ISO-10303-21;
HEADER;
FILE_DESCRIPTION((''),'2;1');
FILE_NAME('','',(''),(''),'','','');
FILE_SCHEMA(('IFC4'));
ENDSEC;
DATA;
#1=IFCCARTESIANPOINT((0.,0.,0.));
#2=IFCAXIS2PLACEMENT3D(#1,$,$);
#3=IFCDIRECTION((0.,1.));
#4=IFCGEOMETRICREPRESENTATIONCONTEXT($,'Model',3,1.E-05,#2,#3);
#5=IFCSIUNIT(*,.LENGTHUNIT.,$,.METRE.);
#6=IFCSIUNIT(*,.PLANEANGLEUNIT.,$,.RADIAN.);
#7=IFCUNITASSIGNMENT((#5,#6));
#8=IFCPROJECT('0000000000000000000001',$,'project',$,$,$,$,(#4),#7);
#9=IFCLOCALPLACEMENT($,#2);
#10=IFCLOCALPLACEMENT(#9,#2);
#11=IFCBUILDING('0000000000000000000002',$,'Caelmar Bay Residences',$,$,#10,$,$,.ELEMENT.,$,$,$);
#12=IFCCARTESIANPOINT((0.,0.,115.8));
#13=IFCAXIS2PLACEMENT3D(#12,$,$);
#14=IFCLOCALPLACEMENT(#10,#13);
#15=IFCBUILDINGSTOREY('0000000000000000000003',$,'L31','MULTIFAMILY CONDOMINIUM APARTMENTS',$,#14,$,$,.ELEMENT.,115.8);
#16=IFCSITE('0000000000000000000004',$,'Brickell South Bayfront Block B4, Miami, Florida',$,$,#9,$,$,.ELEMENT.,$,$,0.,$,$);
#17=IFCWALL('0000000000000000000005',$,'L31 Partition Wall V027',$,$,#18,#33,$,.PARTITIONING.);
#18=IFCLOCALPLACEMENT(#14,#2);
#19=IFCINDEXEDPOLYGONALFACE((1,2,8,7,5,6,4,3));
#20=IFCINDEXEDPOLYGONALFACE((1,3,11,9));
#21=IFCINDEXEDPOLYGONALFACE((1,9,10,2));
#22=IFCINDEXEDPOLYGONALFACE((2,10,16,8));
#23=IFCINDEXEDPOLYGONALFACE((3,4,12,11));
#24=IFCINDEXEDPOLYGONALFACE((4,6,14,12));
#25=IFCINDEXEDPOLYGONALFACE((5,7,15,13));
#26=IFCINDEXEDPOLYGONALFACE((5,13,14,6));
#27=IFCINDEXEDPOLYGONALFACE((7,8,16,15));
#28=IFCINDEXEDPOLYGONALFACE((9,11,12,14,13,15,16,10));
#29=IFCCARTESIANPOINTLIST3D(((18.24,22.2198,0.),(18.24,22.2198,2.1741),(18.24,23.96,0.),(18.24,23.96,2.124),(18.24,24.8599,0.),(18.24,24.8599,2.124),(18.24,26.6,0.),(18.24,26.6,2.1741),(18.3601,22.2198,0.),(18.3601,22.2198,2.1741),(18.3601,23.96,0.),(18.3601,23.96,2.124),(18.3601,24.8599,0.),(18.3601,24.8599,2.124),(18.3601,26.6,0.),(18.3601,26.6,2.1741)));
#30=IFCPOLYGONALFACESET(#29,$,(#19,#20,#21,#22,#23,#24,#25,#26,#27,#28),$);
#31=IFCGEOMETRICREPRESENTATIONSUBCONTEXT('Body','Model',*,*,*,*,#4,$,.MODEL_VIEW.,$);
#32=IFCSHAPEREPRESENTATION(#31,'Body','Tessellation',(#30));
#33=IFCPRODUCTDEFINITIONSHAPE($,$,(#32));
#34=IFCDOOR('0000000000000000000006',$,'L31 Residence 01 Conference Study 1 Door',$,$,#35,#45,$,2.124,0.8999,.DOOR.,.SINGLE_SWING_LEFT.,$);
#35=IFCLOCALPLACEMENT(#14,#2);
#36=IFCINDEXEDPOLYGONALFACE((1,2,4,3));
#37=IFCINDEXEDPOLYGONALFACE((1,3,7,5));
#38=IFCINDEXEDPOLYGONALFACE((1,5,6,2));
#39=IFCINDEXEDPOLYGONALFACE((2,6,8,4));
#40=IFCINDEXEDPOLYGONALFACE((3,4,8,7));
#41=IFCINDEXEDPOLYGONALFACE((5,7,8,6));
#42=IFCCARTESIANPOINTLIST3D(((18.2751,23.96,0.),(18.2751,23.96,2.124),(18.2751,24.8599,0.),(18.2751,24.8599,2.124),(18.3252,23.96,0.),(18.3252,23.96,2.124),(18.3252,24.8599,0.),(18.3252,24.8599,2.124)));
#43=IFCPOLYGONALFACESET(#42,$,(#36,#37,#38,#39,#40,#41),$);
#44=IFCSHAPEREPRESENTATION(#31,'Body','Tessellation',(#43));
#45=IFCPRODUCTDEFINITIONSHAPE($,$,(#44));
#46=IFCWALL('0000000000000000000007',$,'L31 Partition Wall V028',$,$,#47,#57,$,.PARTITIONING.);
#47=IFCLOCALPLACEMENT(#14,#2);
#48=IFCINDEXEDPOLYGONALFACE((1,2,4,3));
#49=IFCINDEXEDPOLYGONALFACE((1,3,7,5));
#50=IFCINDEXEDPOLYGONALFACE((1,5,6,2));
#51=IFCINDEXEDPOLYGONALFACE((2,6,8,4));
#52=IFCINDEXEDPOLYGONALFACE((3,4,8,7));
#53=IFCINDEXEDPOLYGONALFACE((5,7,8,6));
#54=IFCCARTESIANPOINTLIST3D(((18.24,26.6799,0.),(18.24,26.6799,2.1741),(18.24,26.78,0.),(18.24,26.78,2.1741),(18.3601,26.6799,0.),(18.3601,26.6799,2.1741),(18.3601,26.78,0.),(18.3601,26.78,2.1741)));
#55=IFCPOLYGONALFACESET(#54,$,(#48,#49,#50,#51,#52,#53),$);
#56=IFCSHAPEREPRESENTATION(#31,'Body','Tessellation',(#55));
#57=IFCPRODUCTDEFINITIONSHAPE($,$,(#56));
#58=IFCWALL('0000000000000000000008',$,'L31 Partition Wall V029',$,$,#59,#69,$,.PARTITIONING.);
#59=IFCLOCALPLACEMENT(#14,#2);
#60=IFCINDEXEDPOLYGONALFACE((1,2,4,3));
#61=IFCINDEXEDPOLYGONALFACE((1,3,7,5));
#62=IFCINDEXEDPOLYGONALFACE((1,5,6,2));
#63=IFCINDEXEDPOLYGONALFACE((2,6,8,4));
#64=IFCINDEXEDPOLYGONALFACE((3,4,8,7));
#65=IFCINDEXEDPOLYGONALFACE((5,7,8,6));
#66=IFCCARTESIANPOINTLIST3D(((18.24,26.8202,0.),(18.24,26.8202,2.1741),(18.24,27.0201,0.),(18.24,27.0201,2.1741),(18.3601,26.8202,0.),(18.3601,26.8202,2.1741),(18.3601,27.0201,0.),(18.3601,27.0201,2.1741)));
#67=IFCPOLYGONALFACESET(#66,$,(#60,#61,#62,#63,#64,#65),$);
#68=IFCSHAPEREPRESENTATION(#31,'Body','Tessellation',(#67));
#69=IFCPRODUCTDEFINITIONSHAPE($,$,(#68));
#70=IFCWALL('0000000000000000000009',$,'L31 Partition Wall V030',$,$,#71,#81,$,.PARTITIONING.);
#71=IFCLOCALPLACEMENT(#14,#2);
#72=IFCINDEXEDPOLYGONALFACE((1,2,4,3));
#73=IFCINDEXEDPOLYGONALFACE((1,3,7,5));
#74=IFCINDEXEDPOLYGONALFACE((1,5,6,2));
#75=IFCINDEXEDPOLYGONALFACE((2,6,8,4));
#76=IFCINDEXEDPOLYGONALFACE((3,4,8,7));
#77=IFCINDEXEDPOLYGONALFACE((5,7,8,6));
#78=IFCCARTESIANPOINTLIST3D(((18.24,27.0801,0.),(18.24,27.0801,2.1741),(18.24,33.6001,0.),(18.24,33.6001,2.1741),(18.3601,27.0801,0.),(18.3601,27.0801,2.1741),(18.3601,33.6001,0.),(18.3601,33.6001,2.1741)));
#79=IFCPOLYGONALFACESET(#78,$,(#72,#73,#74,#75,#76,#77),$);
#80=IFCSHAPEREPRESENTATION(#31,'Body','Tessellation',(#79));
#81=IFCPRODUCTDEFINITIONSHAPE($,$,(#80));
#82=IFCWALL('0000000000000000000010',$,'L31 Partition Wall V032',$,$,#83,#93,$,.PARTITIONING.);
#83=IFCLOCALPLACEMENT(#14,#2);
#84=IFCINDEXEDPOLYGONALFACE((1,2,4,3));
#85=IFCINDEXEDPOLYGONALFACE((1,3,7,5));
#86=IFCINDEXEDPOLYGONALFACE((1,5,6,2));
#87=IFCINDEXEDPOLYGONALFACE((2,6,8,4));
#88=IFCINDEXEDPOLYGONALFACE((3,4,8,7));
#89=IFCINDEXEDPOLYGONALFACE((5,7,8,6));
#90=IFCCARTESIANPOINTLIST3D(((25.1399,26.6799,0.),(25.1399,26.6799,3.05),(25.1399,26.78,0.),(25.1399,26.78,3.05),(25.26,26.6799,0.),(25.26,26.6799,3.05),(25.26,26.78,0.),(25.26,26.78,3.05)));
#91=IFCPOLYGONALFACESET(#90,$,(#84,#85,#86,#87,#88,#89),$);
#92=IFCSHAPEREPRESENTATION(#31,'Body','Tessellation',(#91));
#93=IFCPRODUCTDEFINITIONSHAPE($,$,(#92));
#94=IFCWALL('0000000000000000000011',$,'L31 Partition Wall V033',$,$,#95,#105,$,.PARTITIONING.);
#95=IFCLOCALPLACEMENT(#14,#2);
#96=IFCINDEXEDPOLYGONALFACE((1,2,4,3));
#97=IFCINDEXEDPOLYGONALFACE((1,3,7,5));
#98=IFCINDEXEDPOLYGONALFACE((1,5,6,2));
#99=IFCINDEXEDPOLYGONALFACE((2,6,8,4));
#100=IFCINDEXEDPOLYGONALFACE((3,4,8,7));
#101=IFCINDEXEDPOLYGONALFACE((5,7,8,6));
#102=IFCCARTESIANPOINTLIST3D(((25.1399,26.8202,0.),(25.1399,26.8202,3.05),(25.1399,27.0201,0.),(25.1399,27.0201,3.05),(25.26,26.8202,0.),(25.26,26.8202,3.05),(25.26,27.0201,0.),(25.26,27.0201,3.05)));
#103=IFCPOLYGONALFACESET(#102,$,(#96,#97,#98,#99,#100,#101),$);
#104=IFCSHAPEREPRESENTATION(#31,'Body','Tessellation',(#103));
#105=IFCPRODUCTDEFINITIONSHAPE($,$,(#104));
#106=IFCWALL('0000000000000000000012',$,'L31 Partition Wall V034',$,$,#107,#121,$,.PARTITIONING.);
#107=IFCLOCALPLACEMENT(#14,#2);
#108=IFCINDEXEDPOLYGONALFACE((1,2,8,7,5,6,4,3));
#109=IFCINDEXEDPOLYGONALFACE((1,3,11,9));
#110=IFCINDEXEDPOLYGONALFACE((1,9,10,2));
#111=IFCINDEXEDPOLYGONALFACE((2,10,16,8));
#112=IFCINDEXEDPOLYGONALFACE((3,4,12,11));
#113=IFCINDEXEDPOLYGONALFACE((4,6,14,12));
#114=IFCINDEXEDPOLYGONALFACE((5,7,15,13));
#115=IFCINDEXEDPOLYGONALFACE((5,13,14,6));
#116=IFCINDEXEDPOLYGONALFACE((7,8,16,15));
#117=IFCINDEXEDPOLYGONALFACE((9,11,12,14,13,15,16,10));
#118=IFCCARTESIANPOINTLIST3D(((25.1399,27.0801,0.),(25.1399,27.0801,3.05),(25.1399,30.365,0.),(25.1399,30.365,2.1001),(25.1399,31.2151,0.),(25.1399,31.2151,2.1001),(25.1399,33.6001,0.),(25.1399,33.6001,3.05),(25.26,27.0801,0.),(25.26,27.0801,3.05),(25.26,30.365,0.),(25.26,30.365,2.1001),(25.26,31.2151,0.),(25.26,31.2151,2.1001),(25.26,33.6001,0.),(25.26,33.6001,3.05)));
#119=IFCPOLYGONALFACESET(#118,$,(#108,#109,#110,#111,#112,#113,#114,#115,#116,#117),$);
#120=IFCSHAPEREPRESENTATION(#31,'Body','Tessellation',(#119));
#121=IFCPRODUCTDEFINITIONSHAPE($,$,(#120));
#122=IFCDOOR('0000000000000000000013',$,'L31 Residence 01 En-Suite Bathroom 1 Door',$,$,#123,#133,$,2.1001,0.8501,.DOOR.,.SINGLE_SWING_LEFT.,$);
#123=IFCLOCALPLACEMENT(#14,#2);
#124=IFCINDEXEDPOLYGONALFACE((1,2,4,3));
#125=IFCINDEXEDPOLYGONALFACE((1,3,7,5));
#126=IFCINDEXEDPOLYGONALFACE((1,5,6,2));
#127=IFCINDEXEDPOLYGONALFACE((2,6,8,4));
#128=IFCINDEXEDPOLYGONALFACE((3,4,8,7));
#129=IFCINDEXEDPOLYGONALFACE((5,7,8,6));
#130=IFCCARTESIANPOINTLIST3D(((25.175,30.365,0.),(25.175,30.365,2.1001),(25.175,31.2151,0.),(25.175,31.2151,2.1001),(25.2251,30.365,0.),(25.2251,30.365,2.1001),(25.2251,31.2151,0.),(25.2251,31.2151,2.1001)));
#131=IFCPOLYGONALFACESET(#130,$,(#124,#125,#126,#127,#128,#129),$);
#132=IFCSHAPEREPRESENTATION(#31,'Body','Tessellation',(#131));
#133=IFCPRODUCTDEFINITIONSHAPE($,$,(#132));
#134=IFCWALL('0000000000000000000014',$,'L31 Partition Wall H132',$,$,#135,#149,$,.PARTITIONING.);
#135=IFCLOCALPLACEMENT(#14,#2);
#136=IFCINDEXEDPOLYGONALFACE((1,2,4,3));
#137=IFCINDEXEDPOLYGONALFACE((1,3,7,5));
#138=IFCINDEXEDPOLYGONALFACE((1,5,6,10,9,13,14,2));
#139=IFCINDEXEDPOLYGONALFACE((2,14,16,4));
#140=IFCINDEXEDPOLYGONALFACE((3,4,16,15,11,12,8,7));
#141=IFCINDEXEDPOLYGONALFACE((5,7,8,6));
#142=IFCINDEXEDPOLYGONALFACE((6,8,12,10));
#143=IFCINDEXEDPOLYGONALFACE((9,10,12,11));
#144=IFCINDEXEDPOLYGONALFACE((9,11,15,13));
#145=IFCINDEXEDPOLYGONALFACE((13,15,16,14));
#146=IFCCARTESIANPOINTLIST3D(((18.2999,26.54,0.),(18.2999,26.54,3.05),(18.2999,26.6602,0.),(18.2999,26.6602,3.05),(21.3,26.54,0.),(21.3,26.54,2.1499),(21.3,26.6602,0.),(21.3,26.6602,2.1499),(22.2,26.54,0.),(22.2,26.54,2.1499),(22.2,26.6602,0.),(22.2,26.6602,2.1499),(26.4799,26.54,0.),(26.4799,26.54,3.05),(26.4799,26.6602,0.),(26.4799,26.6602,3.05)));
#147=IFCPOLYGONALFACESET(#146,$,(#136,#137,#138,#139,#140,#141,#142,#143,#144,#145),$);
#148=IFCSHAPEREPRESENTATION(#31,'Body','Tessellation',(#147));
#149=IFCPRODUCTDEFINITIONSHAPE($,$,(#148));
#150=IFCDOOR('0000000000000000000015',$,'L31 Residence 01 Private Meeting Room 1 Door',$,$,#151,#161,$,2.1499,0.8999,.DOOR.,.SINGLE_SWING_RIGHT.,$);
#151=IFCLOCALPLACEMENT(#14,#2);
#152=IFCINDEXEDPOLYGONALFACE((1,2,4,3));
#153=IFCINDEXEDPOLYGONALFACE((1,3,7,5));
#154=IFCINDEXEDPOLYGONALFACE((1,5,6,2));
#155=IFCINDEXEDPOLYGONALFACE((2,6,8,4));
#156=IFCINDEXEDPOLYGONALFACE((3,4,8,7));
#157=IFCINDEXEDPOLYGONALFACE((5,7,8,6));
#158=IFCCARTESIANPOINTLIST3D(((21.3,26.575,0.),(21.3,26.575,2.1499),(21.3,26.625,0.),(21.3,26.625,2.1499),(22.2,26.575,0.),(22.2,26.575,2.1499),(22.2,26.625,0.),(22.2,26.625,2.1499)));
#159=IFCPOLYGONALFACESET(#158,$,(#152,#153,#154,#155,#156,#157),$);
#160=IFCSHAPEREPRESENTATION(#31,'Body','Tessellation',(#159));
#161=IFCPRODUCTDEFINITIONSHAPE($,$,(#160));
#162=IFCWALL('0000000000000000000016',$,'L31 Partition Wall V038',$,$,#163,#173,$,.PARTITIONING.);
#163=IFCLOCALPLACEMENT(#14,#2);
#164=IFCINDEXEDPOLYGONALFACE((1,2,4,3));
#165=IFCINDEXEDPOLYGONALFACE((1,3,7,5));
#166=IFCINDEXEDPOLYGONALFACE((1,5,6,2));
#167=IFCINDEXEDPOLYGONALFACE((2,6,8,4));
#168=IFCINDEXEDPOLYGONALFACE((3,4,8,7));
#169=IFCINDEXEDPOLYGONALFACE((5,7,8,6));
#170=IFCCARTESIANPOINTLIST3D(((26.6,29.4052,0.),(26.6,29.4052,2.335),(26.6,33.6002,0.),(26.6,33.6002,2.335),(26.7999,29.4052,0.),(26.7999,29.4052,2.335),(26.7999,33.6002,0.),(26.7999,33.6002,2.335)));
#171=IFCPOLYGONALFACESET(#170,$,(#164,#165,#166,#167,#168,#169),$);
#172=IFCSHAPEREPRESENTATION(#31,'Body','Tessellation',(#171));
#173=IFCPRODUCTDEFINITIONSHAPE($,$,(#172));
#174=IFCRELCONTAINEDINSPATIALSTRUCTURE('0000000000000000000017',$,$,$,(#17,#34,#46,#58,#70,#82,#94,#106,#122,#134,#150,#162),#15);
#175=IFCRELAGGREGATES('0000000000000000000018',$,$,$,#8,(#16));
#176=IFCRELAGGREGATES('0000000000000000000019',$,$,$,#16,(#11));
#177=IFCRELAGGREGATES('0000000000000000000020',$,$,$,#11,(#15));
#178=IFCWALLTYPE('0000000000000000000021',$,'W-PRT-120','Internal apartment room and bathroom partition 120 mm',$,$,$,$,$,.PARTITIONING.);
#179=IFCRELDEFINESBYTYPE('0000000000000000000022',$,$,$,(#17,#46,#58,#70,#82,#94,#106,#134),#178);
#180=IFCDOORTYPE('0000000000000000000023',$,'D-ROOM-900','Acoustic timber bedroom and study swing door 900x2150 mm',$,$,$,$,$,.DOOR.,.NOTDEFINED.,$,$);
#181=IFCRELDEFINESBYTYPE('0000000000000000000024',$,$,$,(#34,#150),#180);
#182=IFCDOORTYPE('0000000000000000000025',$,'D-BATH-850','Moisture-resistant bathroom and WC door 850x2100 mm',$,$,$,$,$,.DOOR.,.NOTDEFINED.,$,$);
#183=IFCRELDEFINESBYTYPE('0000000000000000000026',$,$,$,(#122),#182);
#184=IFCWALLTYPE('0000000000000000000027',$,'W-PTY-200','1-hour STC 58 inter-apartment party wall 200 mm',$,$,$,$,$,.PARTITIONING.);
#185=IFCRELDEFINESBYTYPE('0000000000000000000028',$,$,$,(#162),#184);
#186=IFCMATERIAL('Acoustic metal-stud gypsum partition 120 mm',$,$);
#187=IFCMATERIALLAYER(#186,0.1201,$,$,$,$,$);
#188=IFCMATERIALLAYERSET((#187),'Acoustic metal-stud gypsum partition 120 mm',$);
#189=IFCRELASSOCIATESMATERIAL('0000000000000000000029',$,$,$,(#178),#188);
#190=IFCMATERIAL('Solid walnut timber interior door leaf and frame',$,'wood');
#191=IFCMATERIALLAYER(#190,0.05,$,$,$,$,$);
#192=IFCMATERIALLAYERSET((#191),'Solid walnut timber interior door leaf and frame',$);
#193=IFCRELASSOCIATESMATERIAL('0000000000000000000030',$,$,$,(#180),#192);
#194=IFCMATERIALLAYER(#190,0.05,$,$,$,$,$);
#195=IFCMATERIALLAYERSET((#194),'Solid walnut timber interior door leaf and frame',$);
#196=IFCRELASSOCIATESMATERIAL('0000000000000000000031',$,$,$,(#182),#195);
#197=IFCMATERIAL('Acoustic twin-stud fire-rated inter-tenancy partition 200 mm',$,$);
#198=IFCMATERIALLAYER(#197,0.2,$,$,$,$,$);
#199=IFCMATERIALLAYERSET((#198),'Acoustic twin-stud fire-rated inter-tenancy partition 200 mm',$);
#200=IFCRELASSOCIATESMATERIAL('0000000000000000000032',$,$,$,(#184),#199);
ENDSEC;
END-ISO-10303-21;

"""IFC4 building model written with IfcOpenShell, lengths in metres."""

from ifc_helpers import new_model, si_unit, direction, frame, frame_2d, origin, place, context, subcontext, project, spatial, rectangle, extrude, material, layer, layer_set, type_object, element, fill, save


model = new_model("IFC4")

# Units and contexts
model_context = context("Model", 3, precision=1e-05, world=origin(), true_north=direction((0.0, 1.0)))
body_context = subcontext(model_context, "Body", "Model", "MODEL_VIEW")
ifc_project = project(units=[si_unit("LENGTHUNIT", "METRE"), si_unit("PLANEANGLEUNIT", "RADIAN")], contexts=[model_context])

# Site, building, storey
site_placement = place(None, origin())
site = spatial("IfcSite", under=ifc_project, at=site_placement, Name="Brickell South Bayfront Block B4, Miami, Florida", CompositionType="ELEMENT", RefElevation=0.0)
building_placement = place(site_placement, origin())
building = spatial("IfcBuilding", under=site, at=building_placement, Name="Caelmar Bay Residences", CompositionType="ELEMENT")
storey_placement = place(building_placement, frame((0.0, 0.0, 115.8)))
storey = spatial("IfcBuildingStorey", under=building, at=storey_placement, Name="L31", Description="MULTIFAMILY CONDOMINIUM APARTMENTS", CompositionType="ELEMENT", Elevation=115.8)

# Wall, opening, door
ifc_material_1 = material(Name="Acoustic metal-stud gypsum partition 120 mm")
ifc_layer_1 = layer(ifc_material_1, 0.1201)
ifc_layer_set_1 = layer_set([ifc_layer_1], Name="Acoustic metal-stud gypsum partition 120 mm")
wall_type_1 = type_object("IfcWallType", Name="W-PRT-120", Description="Internal apartment room and bathroom partition 120 mm", PredefinedType="PARTITIONING", material=ifc_layer_set_1)
wall_1_placement = place(storey_placement, frame((18.3, 22.22, 0.0), z_axis=(0.0, 0.0, 1.0), x_axis=(0.0, 1.0, 0.0)))
wall_1 = element("IfcWall", 1, at=wall_1_placement, inside=storey, type_object=wall_type_1, Name="L31 Partition Wall V027", PredefinedType="PARTITIONING", context=body_context, shape_type="SweptSolid", body=[
    extrude(rectangle(XDim=4.3801, YDim=0.1201, at=frame_2d((2.1899, 0.0))), origin(), (0.0, 0.0, 1.0), 2.1741),
])
opening_1_placement = place(wall_1_placement, frame((1.74, 0.0, 0.0)))
opening_1 = element("IfcOpeningElement", 2, at=opening_1_placement, cuts=wall_1, PredefinedType="OPENING", context=body_context, shape_type="SweptSolid", body=[
    extrude(rectangle(XDim=0.8999, YDim=2.124, at=frame_2d((0.45, 1.062))), frame((0.0, 0.0701, 0.0), z_axis=(0.0, -1.0, 0.0), x_axis=(1.0, 0.0, 0.0)), (0.0, 0.0, 1.0), 0.1401),
])
ifc_material_2 = material(Name="Solid walnut timber interior door leaf and frame", Category="wood")
ifc_layer_2 = layer(ifc_material_2, 0.05)
ifc_layer_set_2 = layer_set([ifc_layer_2], Name="Solid walnut timber interior door leaf and frame")
door_type_1 = type_object("IfcDoorType", Name="D-ROOM-900", Description="Acoustic timber bedroom and study swing door 900x2150 mm", OperationType="NOTDEFINED", PredefinedType="DOOR", material=ifc_layer_set_2)
door_1_placement = place(opening_1_placement, origin())
door_1 = element("IfcDoor", 3, at=door_1_placement, inside=storey, type_object=door_type_1, Name="L31 Residence 01 Conference Study 1 Door", OperationType="SINGLE_SWING_LEFT", OverallHeight=2.124, OverallWidth=0.8999, PredefinedType="DOOR", context=body_context, shape_type="SweptSolid", body=[
    extrude(rectangle(XDim=0.8999, YDim=2.124, at=frame_2d((0.45, 1.062))), frame((0.0, 0.0249, 0.0), z_axis=(0.0, -1.0, 0.0), x_axis=(1.0, 0.0, 0.0)), (0.0, 0.0, 1.0), 0.05),
])
fill(opening_1, door_1)

# Walls
wall_2_placement = place(storey_placement, frame((18.3, 26.6799, 0.0), z_axis=(0.0, 0.0, 1.0), x_axis=(0.0, 1.0, 0.0)))
element("IfcWall", 4, at=wall_2_placement, inside=storey, type_object=wall_type_1, Name="L31 Partition Wall V028", PredefinedType="PARTITIONING", context=body_context, shape_type="SweptSolid", body=[
    extrude(rectangle(XDim=0.1001, YDim=0.1201, at=frame_2d((0.05, 0.0))), origin(), (0.0, 0.0, 1.0), 2.1741),
])
wall_3_placement = place(storey_placement, frame((18.3, 26.8201, 0.0), z_axis=(0.0, 0.0, 1.0), x_axis=(0.0, 1.0, 0.0)))
element("IfcWall", 5, at=wall_3_placement, inside=storey, type_object=wall_type_1, Name="L31 Partition Wall V029", PredefinedType="PARTITIONING", context=body_context, shape_type="SweptSolid", body=[
    extrude(rectangle(XDim=0.2, YDim=0.1201, at=frame_2d((0.1001, 0.0))), origin(), (0.0, 0.0, 1.0), 2.1741),
])
wall_4_placement = place(storey_placement, frame((18.3, 27.0801, 0.0), z_axis=(0.0, 0.0, 1.0), x_axis=(0.0, 1.0, 0.0)))
element("IfcWall", 6, at=wall_4_placement, inside=storey, type_object=wall_type_1, Name="L31 Partition Wall V030", PredefinedType="PARTITIONING", context=body_context, shape_type="SweptSolid", body=[
    extrude(rectangle(XDim=6.52, YDim=0.1201, at=frame_2d((3.26, 0.0))), origin(), (0.0, 0.0, 1.0), 2.1741),
])
wall_5_placement = place(storey_placement, frame((25.2, 26.6799, 0.0), z_axis=(0.0, 0.0, 1.0), x_axis=(0.0, 1.0, 0.0)))
element("IfcWall", 7, at=wall_5_placement, inside=storey, type_object=wall_type_1, Name="L31 Partition Wall V032", PredefinedType="PARTITIONING", context=body_context, shape_type="SweptSolid", body=[
    extrude(rectangle(XDim=0.1001, YDim=0.1201, at=frame_2d((0.05, 0.0))), origin(), (0.0, 0.0, 1.0), 3.05),
])
wall_6_placement = place(storey_placement, frame((25.2, 26.8201, 0.0), z_axis=(0.0, 0.0, 1.0), x_axis=(0.0, 1.0, 0.0)))
element("IfcWall", 8, at=wall_6_placement, inside=storey, type_object=wall_type_1, Name="L31 Partition Wall V033", PredefinedType="PARTITIONING", context=body_context, shape_type="SweptSolid", body=[
    extrude(rectangle(XDim=0.2, YDim=0.1201, at=frame_2d((0.1001, 0.0))), origin(), (0.0, 0.0, 1.0), 3.05),
])

# Walls, openings, doors
wall_7_placement = place(storey_placement, frame((25.2, 27.0801, 0.0), z_axis=(0.0, 0.0, 1.0), x_axis=(0.0, 1.0, 0.0)))
wall_7 = element("IfcWall", 9, at=wall_7_placement, inside=storey, type_object=wall_type_1, Name="L31 Partition Wall V034", PredefinedType="PARTITIONING", context=body_context, shape_type="SweptSolid", body=[
    extrude(rectangle(XDim=6.52, YDim=0.1201, at=frame_2d((3.26, 0.0))), origin(), (0.0, 0.0, 1.0), 3.05),
])
opening_2_placement = place(wall_7_placement, frame((3.2849, 0.0, 0.0)))
opening_2 = element("IfcOpeningElement", 10, at=opening_2_placement, cuts=wall_7, PredefinedType="OPENING", context=body_context, shape_type="SweptSolid", body=[
    extrude(rectangle(XDim=0.8501, YDim=2.1001, at=frame_2d((0.425, 1.05))), frame((0.0, 0.0701, 0.0), z_axis=(0.0, -1.0, 0.0), x_axis=(1.0, 0.0, 0.0)), (0.0, 0.0, 1.0), 0.1401),
])
ifc_layer_3 = layer(ifc_material_2, 0.05)
ifc_layer_set_3 = layer_set([ifc_layer_3], Name="Solid walnut timber interior door leaf and frame")
door_type_2 = type_object("IfcDoorType", Name="D-BATH-850", Description="Moisture-resistant bathroom and WC door 850x2100 mm", OperationType="NOTDEFINED", PredefinedType="DOOR", material=ifc_layer_set_3)
door_2_placement = place(opening_2_placement, origin())
door_2 = element("IfcDoor", 11, at=door_2_placement, inside=storey, type_object=door_type_2, Name="L31 Residence 01 En-Suite Bathroom 1 Door", OperationType="SINGLE_SWING_LEFT", OverallHeight=2.1001, OverallWidth=0.8501, PredefinedType="DOOR", context=body_context, shape_type="SweptSolid", body=[
    extrude(rectangle(XDim=0.8501, YDim=2.1001, at=frame_2d((0.425, 1.05))), frame((0.0, 0.0249, 0.0), z_axis=(0.0, -1.0, 0.0), x_axis=(1.0, 0.0, 0.0)), (0.0, 0.0, 1.0), 0.05),
])
fill(opening_2, door_2)
wall_8_placement = place(storey_placement, frame((18.3, 26.6001, 0.0), z_axis=(0.0, 0.0, 1.0), x_axis=(1.0, 0.0, 0.0)))
wall_8 = element("IfcWall", 12, at=wall_8_placement, inside=storey, type_object=wall_type_1, Name="L31 Partition Wall H132", PredefinedType="PARTITIONING", context=body_context, shape_type="SweptSolid", body=[
    extrude(rectangle(XDim=8.1799, YDim=0.1201, at=frame_2d((4.0898, 0.0))), origin(), (0.0, 0.0, 1.0), 3.05),
])
opening_3_placement = place(wall_8_placement, frame((3.0, 0.0, 0.0)))
opening_3 = element("IfcOpeningElement", 13, at=opening_3_placement, cuts=wall_8, PredefinedType="OPENING", context=body_context, shape_type="SweptSolid", body=[
    extrude(rectangle(XDim=0.8999, YDim=2.1499, at=frame_2d((0.45, 1.075))), frame((0.0, 0.0701, 0.0), z_axis=(0.0, -1.0, 0.0), x_axis=(1.0, 0.0, 0.0)), (0.0, 0.0, 1.0), 0.1401),
])
door_3_placement = place(opening_3_placement, origin())
door_3 = element("IfcDoor", 14, at=door_3_placement, inside=storey, type_object=door_type_1, Name="L31 Residence 01 Private Meeting Room 1 Door", OperationType="SINGLE_SWING_RIGHT", OverallHeight=2.1499, OverallWidth=0.8999, PredefinedType="DOOR", context=body_context, shape_type="SweptSolid", body=[
    extrude(rectangle(XDim=0.8999, YDim=2.1499, at=frame_2d((0.45, 1.075))), frame((0.0, 0.0249, 0.0), z_axis=(0.0, -1.0, 0.0), x_axis=(1.0, 0.0, 0.0)), (0.0, 0.0, 1.0), 0.05),
])
fill(opening_3, door_3)

# Wall
ifc_material_3 = material(Name="Acoustic twin-stud fire-rated inter-tenancy partition 200 mm")
ifc_layer_4 = layer(ifc_material_3, 0.2)
ifc_layer_set_4 = layer_set([ifc_layer_4], Name="Acoustic twin-stud fire-rated inter-tenancy partition 200 mm")
wall_type_2 = type_object("IfcWallType", Name="W-PTY-200", Description="1-hour STC 58 inter-apartment party wall 200 mm", PredefinedType="PARTITIONING", material=ifc_layer_set_4)
wall_9_placement = place(storey_placement, frame((26.7, 29.405, 0.0), z_axis=(0.0, 0.0, 1.0), x_axis=(0.0, 1.0, 0.0)))
element("IfcWall", 15, at=wall_9_placement, inside=storey, type_object=wall_type_2, Name="L31 Partition Wall V038", PredefinedType="PARTITIONING", context=body_context, shape_type="SweptSolid", body=[
    extrude(rectangle(XDim=4.1951, YDim=0.2, at=frame_2d((2.0977, 0.0))), origin(), (0.0, 0.0, 1.0), 2.335),
])

save(model, "model.ifc")
